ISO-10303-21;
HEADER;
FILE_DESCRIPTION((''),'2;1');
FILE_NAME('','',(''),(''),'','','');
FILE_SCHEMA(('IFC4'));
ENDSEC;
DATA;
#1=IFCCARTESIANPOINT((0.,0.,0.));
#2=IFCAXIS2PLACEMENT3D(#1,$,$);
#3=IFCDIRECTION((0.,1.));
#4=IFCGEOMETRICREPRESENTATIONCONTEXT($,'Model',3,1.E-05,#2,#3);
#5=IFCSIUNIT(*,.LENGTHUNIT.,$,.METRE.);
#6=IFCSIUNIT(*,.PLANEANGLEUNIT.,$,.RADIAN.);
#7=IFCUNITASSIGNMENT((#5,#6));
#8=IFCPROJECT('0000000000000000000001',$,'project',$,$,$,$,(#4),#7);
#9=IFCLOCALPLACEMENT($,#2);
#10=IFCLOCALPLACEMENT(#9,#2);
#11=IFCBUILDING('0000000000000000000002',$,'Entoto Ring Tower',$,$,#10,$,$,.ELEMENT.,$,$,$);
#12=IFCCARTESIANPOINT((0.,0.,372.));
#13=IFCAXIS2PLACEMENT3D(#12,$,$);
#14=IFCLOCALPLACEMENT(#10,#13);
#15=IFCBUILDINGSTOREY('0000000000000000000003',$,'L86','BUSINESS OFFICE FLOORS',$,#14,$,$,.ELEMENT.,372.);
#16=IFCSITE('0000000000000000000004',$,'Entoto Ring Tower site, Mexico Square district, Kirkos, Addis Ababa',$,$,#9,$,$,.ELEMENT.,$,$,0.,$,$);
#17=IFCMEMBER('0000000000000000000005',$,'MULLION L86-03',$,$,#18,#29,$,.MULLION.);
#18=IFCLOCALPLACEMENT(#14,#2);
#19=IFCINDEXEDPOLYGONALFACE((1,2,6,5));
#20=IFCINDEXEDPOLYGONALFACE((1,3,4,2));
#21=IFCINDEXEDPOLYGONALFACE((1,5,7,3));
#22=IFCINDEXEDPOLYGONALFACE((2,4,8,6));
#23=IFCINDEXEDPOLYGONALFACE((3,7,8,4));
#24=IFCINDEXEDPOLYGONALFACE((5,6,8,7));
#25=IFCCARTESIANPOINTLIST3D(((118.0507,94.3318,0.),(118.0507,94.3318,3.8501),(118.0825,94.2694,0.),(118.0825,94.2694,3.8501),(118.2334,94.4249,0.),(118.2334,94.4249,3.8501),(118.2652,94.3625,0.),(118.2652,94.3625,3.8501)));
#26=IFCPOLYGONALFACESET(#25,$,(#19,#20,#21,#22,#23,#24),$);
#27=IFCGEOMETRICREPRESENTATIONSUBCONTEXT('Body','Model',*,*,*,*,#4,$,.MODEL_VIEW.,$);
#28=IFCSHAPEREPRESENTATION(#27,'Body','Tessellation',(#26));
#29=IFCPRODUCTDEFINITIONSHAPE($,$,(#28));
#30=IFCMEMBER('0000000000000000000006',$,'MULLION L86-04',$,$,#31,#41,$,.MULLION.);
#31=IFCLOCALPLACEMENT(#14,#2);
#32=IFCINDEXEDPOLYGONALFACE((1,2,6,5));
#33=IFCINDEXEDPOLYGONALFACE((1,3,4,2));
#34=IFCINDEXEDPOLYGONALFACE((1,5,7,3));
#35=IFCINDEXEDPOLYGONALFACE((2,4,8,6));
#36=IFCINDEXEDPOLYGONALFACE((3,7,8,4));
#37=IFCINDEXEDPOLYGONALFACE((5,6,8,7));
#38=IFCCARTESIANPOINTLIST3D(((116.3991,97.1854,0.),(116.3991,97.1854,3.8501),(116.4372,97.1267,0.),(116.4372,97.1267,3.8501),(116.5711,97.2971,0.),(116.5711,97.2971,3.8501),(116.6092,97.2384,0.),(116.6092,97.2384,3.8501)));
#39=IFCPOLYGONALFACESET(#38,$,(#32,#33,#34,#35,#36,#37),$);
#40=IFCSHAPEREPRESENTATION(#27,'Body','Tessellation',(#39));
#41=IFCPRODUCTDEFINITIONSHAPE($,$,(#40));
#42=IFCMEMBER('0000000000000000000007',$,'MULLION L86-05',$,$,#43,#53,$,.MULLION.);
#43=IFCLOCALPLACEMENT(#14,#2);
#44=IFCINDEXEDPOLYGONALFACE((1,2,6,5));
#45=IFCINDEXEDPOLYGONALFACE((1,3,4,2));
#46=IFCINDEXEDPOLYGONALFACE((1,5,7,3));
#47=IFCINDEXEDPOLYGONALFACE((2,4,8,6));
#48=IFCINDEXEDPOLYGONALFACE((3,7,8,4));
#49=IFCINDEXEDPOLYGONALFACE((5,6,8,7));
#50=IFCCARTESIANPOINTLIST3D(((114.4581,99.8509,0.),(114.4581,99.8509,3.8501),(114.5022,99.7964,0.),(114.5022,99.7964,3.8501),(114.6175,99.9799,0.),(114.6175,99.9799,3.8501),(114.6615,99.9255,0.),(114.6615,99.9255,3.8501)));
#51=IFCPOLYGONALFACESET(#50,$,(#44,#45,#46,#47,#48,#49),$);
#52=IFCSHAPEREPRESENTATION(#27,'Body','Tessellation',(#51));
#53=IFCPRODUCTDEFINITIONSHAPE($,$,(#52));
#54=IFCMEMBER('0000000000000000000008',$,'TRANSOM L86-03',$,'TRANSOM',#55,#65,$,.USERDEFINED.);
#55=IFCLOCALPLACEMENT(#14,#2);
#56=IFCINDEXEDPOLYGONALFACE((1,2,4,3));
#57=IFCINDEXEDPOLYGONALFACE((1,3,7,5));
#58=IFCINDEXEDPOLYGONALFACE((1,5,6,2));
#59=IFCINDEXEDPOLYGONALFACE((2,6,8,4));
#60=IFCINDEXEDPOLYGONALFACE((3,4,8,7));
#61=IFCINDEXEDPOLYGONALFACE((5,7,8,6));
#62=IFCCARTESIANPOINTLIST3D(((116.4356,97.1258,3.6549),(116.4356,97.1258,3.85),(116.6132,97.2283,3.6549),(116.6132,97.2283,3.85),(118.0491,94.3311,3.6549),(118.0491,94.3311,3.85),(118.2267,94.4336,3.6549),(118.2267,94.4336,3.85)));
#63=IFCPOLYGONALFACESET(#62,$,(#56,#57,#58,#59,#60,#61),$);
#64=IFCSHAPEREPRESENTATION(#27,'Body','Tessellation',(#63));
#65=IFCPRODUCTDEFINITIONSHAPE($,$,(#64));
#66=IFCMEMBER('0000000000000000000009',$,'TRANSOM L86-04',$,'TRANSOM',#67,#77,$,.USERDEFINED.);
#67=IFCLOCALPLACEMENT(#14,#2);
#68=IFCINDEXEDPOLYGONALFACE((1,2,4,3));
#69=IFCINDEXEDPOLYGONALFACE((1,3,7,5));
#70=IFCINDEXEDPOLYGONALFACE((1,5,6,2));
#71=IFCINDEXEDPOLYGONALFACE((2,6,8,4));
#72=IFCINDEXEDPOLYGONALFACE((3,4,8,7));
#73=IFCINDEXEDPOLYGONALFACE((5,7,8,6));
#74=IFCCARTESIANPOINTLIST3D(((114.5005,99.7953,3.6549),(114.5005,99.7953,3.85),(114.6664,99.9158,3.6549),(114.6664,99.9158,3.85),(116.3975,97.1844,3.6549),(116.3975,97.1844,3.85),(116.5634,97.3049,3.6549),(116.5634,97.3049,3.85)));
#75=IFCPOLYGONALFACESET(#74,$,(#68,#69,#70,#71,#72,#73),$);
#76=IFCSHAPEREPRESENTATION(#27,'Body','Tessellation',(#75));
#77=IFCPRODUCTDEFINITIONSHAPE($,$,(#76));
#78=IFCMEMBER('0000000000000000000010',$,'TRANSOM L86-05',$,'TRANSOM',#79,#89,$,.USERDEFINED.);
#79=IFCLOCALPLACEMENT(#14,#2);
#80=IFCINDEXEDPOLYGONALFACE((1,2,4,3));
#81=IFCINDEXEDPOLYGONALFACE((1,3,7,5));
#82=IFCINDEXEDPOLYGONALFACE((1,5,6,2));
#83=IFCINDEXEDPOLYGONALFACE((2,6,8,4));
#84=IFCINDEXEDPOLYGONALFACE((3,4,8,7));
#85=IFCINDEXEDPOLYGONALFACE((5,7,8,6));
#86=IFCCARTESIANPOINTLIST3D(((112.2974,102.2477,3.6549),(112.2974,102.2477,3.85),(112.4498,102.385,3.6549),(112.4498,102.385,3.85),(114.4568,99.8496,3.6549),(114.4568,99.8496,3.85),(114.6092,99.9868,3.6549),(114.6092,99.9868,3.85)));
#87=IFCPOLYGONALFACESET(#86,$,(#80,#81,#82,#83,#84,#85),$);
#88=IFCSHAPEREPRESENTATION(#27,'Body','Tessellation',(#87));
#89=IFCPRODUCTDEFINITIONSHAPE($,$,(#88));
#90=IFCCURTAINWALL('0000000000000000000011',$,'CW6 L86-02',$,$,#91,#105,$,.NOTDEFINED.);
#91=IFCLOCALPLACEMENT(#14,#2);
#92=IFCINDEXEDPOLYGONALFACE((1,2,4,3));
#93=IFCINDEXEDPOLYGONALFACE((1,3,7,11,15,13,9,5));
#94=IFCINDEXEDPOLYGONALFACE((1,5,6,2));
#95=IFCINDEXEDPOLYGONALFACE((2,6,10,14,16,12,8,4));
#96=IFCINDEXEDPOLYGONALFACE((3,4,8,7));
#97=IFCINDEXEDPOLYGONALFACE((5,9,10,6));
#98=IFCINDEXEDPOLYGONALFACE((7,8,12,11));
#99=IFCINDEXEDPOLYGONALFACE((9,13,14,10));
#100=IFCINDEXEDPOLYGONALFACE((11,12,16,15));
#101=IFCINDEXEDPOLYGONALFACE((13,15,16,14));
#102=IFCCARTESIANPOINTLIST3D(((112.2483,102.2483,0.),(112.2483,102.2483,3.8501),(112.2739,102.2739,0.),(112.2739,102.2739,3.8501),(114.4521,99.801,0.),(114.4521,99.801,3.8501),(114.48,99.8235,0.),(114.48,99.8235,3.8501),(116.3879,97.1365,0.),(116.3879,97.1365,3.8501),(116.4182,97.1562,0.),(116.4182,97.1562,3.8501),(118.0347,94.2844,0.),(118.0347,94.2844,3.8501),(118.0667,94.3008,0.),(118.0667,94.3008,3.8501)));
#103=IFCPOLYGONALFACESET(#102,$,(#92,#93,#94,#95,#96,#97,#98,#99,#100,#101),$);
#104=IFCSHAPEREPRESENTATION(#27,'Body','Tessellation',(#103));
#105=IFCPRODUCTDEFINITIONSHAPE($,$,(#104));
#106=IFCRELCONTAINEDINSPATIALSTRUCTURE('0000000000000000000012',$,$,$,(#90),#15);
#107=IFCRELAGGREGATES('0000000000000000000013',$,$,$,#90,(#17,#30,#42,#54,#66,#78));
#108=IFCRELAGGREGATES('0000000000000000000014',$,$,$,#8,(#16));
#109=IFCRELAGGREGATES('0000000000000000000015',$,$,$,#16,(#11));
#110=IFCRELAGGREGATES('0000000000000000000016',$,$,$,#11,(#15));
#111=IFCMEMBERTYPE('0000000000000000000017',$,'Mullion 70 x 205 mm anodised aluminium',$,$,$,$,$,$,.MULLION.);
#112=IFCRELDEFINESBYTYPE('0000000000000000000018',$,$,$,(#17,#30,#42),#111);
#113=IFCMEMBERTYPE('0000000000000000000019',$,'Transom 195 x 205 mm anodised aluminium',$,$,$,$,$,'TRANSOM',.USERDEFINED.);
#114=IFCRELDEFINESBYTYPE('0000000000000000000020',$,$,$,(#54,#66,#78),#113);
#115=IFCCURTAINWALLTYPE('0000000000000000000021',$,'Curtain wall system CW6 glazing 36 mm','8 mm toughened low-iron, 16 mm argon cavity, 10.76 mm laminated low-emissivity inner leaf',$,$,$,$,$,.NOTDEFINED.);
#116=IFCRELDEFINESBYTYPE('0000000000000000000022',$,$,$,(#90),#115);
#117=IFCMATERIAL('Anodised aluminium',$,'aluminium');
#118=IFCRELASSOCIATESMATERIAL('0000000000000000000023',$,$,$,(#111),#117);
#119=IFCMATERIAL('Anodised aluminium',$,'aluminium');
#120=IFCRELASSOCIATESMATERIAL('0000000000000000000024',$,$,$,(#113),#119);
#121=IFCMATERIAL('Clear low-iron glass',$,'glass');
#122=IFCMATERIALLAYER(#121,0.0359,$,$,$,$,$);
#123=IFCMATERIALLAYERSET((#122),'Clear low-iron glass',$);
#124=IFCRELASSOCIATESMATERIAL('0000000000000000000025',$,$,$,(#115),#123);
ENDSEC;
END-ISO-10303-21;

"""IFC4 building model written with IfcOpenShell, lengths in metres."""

from ifc_helpers import new_model, si_unit, direction, frame, origin, origin_2d, place, context, subcontext, project, spatial, polyline, rectangle, outline, extrude, material, layer, layer_set, material_profile, profile_set, type_object, element, aggregate, save


model = new_model("IFC4")

# Units and contexts
model_context = context("Model", 3, precision=1e-05, world=origin(), true_north=direction((0.0, 1.0)))
body_context = subcontext(model_context, "Body", "Model", "MODEL_VIEW")
ifc_project = project(units=[si_unit("LENGTHUNIT", "METRE"), si_unit("PLANEANGLEUNIT", "RADIAN")], contexts=[model_context])

# Members
ifc_material_1 = material(Name="Anodised aluminium", Category="aluminium")
ifc_material_profile_1 = material_profile(ifc_material_1, rectangle(XDim=0.0701, YDim=0.2051, at=origin_2d()), Name="Mullion 70 x 205 mm anodised aluminium")
ifc_profile_set_1 = profile_set([ifc_material_profile_1], Name="Anodised aluminium")
member_type_1 = type_object("IfcMemberType", Name="Mullion 70 x 205 mm anodised aluminium", PredefinedType="MULLION", material=ifc_profile_set_1)
site_placement = place(None, origin())
building_placement = place(site_placement, origin())
storey_placement = place(building_placement, frame((0.0, 0.0, 372.0)))
member_1_placement = place(storey_placement, frame((118.158, 94.3472, 0.0), z_axis=(0.0, 0.0, 1.0), x_axis=(-0.45399, 0.891007, 0.0)))
member_1 = element("IfcMember", 1, at=member_1_placement, type_object=member_type_1, Name="MULLION L86-03", PredefinedType="MULLION", context=body_context, shape_type="SweptSolid", body=[
    extrude(rectangle(XDim=0.0701, YDim=0.2051, at=origin_2d()), origin(), (0.0, 0.0, 1.0), 3.8501),
])
member_2_placement = place(storey_placement, frame((116.5042, 97.2119, 0.0), z_axis=(0.0, 0.0, 1.0), x_axis=(-0.544639, 0.838671, 0.0)))
member_2 = element("IfcMember", 2, at=member_2_placement, type_object=member_type_1, Name="MULLION L86-04", PredefinedType="MULLION", context=body_context, shape_type="SweptSolid", body=[
    extrude(rectangle(XDim=0.0701, YDim=0.2051, at=origin_2d()), origin(), (0.0, 0.0, 1.0), 3.8501),
])
member_3_placement = place(storey_placement, frame((114.5598, 99.8882, 0.0), z_axis=(0.0, 0.0, 1.0), x_axis=(-0.62932, 0.777146, 0.0)))
member_3 = element("IfcMember", 3, at=member_3_placement, type_object=member_type_1, Name="MULLION L86-05", PredefinedType="MULLION", context=body_context, shape_type="SweptSolid", body=[
    extrude(rectangle(XDim=0.0701, YDim=0.2051, at=origin_2d()), origin(), (0.0, 0.0, 1.0), 3.8501),
])
ifc_material_2 = material(Name="Anodised aluminium", Category="aluminium")
ifc_material_profile_2 = material_profile(ifc_material_2, rectangle(XDim=0.2051, YDim=0.1951, at=origin_2d()), Name="Transom 195 x 205 mm anodised aluminium")
ifc_profile_set_2 = profile_set([ifc_material_profile_2], Name="Anodised aluminium")
member_type_2 = type_object("IfcMemberType", Name="Transom 195 x 205 mm anodised aluminium", ElementType="TRANSOM", PredefinedType="USERDEFINED", material=ifc_profile_set_2)
member_4_placement = place(storey_placement, frame((118.1379, 94.3823, 3.7524), z_axis=(-0.500004, 0.866023, 0.0), x_axis=(-0.866023, -0.500004, 0.0)))
member_4 = element("IfcMember", 4, at=member_4_placement, type_object=member_type_2, Name="TRANSOM L86-03", ObjectType="TRANSOM", PredefinedType="USERDEFINED", context=body_context, shape_type="SweptSolid", body=[
    extrude(rectangle(XDim=0.2051, YDim=0.1951, at=origin_2d()), origin(), (0.0, 0.0, 1.0), 3.2271),
])
member_5_placement = place(storey_placement, frame((116.4805, 97.2446, 3.7524), z_axis=(-0.587803, 0.809004, 0.0), x_axis=(-0.809004, -0.587803, 0.0)))
member_5 = element("IfcMember", 5, at=member_5_placement, type_object=member_type_2, Name="TRANSOM L86-04", ObjectType="TRANSOM", PredefinedType="USERDEFINED", context=body_context, shape_type="SweptSolid", body=[
    extrude(rectangle(XDim=0.2051, YDim=0.1951, at=origin_2d()), origin(), (0.0, 0.0, 1.0), 3.2273),
])
member_6_placement = place(storey_placement, frame((114.533, 99.9182, 3.7524), z_axis=(-0.669144, 0.743132, 0.0), x_axis=(-0.743132, -0.669144, 0.0)))
member_6 = element("IfcMember", 6, at=member_6_placement, type_object=member_type_2, Name="TRANSOM L86-05", ObjectType="TRANSOM", PredefinedType="USERDEFINED", context=body_context, shape_type="SweptSolid", body=[
    extrude(rectangle(XDim=0.2051, YDim=0.1951, at=origin_2d()), origin(), (0.0, 0.0, 1.0), 3.2271),
])

# Site, building, storey
site = spatial("IfcSite", under=ifc_project, at=site_placement, Name="Entoto Ring Tower site, Mexico Square district, Kirkos, Addis Ababa", CompositionType="ELEMENT", RefElevation=0.0)
building = spatial("IfcBuilding", under=site, at=building_placement, Name="Entoto Ring Tower", CompositionType="ELEMENT")
storey = spatial("IfcBuildingStorey", under=building, at=storey_placement, Name="L86", Description="BUSINESS OFFICE FLOORS", CompositionType="ELEMENT", Elevation=372.0)

# Curtain wall
ifc_material_3 = material(Name="Clear low-iron glass", Category="glass")
ifc_layer_1 = layer(ifc_material_3, 0.0359)
ifc_layer_set_1 = layer_set([ifc_layer_1], Name="Clear low-iron glass")
curtain_wall_type = type_object("IfcCurtainWallType", Name="Curtain wall system CW6 glazing 36 mm", Description="8 mm toughened low-iron, 16 mm argon cavity, 10.76 mm laminated low-emissivity inner leaf", PredefinedType="NOTDEFINED", material=ifc_layer_set_1)
curtain_wall_1_placement = place(storey_placement, origin())
curtain_wall_1 = element("IfcCurtainWall", 7, at=curtain_wall_1_placement, inside=storey, type_object=curtain_wall_type, Name="CW6 L86-02", PredefinedType="NOTDEFINED", context=body_context, shape_type="SweptSolid", body=[
    extrude(outline(polyline([(118.0667, 94.3008), (116.4182, 97.1562), (114.48, 99.8235), (112.2739, 102.2739), (112.2483, 102.2483), (114.4521, 99.801), (116.3879, 97.1365), (118.0347, 94.2844), (118.0667, 94.3008)])), origin(), (0.0, 0.0, 1.0), 3.8501),
])
aggregate(curtain_wall_1, [member_1, member_2, member_3, member_4, member_5, member_6])

save(model, "model.ifc")
